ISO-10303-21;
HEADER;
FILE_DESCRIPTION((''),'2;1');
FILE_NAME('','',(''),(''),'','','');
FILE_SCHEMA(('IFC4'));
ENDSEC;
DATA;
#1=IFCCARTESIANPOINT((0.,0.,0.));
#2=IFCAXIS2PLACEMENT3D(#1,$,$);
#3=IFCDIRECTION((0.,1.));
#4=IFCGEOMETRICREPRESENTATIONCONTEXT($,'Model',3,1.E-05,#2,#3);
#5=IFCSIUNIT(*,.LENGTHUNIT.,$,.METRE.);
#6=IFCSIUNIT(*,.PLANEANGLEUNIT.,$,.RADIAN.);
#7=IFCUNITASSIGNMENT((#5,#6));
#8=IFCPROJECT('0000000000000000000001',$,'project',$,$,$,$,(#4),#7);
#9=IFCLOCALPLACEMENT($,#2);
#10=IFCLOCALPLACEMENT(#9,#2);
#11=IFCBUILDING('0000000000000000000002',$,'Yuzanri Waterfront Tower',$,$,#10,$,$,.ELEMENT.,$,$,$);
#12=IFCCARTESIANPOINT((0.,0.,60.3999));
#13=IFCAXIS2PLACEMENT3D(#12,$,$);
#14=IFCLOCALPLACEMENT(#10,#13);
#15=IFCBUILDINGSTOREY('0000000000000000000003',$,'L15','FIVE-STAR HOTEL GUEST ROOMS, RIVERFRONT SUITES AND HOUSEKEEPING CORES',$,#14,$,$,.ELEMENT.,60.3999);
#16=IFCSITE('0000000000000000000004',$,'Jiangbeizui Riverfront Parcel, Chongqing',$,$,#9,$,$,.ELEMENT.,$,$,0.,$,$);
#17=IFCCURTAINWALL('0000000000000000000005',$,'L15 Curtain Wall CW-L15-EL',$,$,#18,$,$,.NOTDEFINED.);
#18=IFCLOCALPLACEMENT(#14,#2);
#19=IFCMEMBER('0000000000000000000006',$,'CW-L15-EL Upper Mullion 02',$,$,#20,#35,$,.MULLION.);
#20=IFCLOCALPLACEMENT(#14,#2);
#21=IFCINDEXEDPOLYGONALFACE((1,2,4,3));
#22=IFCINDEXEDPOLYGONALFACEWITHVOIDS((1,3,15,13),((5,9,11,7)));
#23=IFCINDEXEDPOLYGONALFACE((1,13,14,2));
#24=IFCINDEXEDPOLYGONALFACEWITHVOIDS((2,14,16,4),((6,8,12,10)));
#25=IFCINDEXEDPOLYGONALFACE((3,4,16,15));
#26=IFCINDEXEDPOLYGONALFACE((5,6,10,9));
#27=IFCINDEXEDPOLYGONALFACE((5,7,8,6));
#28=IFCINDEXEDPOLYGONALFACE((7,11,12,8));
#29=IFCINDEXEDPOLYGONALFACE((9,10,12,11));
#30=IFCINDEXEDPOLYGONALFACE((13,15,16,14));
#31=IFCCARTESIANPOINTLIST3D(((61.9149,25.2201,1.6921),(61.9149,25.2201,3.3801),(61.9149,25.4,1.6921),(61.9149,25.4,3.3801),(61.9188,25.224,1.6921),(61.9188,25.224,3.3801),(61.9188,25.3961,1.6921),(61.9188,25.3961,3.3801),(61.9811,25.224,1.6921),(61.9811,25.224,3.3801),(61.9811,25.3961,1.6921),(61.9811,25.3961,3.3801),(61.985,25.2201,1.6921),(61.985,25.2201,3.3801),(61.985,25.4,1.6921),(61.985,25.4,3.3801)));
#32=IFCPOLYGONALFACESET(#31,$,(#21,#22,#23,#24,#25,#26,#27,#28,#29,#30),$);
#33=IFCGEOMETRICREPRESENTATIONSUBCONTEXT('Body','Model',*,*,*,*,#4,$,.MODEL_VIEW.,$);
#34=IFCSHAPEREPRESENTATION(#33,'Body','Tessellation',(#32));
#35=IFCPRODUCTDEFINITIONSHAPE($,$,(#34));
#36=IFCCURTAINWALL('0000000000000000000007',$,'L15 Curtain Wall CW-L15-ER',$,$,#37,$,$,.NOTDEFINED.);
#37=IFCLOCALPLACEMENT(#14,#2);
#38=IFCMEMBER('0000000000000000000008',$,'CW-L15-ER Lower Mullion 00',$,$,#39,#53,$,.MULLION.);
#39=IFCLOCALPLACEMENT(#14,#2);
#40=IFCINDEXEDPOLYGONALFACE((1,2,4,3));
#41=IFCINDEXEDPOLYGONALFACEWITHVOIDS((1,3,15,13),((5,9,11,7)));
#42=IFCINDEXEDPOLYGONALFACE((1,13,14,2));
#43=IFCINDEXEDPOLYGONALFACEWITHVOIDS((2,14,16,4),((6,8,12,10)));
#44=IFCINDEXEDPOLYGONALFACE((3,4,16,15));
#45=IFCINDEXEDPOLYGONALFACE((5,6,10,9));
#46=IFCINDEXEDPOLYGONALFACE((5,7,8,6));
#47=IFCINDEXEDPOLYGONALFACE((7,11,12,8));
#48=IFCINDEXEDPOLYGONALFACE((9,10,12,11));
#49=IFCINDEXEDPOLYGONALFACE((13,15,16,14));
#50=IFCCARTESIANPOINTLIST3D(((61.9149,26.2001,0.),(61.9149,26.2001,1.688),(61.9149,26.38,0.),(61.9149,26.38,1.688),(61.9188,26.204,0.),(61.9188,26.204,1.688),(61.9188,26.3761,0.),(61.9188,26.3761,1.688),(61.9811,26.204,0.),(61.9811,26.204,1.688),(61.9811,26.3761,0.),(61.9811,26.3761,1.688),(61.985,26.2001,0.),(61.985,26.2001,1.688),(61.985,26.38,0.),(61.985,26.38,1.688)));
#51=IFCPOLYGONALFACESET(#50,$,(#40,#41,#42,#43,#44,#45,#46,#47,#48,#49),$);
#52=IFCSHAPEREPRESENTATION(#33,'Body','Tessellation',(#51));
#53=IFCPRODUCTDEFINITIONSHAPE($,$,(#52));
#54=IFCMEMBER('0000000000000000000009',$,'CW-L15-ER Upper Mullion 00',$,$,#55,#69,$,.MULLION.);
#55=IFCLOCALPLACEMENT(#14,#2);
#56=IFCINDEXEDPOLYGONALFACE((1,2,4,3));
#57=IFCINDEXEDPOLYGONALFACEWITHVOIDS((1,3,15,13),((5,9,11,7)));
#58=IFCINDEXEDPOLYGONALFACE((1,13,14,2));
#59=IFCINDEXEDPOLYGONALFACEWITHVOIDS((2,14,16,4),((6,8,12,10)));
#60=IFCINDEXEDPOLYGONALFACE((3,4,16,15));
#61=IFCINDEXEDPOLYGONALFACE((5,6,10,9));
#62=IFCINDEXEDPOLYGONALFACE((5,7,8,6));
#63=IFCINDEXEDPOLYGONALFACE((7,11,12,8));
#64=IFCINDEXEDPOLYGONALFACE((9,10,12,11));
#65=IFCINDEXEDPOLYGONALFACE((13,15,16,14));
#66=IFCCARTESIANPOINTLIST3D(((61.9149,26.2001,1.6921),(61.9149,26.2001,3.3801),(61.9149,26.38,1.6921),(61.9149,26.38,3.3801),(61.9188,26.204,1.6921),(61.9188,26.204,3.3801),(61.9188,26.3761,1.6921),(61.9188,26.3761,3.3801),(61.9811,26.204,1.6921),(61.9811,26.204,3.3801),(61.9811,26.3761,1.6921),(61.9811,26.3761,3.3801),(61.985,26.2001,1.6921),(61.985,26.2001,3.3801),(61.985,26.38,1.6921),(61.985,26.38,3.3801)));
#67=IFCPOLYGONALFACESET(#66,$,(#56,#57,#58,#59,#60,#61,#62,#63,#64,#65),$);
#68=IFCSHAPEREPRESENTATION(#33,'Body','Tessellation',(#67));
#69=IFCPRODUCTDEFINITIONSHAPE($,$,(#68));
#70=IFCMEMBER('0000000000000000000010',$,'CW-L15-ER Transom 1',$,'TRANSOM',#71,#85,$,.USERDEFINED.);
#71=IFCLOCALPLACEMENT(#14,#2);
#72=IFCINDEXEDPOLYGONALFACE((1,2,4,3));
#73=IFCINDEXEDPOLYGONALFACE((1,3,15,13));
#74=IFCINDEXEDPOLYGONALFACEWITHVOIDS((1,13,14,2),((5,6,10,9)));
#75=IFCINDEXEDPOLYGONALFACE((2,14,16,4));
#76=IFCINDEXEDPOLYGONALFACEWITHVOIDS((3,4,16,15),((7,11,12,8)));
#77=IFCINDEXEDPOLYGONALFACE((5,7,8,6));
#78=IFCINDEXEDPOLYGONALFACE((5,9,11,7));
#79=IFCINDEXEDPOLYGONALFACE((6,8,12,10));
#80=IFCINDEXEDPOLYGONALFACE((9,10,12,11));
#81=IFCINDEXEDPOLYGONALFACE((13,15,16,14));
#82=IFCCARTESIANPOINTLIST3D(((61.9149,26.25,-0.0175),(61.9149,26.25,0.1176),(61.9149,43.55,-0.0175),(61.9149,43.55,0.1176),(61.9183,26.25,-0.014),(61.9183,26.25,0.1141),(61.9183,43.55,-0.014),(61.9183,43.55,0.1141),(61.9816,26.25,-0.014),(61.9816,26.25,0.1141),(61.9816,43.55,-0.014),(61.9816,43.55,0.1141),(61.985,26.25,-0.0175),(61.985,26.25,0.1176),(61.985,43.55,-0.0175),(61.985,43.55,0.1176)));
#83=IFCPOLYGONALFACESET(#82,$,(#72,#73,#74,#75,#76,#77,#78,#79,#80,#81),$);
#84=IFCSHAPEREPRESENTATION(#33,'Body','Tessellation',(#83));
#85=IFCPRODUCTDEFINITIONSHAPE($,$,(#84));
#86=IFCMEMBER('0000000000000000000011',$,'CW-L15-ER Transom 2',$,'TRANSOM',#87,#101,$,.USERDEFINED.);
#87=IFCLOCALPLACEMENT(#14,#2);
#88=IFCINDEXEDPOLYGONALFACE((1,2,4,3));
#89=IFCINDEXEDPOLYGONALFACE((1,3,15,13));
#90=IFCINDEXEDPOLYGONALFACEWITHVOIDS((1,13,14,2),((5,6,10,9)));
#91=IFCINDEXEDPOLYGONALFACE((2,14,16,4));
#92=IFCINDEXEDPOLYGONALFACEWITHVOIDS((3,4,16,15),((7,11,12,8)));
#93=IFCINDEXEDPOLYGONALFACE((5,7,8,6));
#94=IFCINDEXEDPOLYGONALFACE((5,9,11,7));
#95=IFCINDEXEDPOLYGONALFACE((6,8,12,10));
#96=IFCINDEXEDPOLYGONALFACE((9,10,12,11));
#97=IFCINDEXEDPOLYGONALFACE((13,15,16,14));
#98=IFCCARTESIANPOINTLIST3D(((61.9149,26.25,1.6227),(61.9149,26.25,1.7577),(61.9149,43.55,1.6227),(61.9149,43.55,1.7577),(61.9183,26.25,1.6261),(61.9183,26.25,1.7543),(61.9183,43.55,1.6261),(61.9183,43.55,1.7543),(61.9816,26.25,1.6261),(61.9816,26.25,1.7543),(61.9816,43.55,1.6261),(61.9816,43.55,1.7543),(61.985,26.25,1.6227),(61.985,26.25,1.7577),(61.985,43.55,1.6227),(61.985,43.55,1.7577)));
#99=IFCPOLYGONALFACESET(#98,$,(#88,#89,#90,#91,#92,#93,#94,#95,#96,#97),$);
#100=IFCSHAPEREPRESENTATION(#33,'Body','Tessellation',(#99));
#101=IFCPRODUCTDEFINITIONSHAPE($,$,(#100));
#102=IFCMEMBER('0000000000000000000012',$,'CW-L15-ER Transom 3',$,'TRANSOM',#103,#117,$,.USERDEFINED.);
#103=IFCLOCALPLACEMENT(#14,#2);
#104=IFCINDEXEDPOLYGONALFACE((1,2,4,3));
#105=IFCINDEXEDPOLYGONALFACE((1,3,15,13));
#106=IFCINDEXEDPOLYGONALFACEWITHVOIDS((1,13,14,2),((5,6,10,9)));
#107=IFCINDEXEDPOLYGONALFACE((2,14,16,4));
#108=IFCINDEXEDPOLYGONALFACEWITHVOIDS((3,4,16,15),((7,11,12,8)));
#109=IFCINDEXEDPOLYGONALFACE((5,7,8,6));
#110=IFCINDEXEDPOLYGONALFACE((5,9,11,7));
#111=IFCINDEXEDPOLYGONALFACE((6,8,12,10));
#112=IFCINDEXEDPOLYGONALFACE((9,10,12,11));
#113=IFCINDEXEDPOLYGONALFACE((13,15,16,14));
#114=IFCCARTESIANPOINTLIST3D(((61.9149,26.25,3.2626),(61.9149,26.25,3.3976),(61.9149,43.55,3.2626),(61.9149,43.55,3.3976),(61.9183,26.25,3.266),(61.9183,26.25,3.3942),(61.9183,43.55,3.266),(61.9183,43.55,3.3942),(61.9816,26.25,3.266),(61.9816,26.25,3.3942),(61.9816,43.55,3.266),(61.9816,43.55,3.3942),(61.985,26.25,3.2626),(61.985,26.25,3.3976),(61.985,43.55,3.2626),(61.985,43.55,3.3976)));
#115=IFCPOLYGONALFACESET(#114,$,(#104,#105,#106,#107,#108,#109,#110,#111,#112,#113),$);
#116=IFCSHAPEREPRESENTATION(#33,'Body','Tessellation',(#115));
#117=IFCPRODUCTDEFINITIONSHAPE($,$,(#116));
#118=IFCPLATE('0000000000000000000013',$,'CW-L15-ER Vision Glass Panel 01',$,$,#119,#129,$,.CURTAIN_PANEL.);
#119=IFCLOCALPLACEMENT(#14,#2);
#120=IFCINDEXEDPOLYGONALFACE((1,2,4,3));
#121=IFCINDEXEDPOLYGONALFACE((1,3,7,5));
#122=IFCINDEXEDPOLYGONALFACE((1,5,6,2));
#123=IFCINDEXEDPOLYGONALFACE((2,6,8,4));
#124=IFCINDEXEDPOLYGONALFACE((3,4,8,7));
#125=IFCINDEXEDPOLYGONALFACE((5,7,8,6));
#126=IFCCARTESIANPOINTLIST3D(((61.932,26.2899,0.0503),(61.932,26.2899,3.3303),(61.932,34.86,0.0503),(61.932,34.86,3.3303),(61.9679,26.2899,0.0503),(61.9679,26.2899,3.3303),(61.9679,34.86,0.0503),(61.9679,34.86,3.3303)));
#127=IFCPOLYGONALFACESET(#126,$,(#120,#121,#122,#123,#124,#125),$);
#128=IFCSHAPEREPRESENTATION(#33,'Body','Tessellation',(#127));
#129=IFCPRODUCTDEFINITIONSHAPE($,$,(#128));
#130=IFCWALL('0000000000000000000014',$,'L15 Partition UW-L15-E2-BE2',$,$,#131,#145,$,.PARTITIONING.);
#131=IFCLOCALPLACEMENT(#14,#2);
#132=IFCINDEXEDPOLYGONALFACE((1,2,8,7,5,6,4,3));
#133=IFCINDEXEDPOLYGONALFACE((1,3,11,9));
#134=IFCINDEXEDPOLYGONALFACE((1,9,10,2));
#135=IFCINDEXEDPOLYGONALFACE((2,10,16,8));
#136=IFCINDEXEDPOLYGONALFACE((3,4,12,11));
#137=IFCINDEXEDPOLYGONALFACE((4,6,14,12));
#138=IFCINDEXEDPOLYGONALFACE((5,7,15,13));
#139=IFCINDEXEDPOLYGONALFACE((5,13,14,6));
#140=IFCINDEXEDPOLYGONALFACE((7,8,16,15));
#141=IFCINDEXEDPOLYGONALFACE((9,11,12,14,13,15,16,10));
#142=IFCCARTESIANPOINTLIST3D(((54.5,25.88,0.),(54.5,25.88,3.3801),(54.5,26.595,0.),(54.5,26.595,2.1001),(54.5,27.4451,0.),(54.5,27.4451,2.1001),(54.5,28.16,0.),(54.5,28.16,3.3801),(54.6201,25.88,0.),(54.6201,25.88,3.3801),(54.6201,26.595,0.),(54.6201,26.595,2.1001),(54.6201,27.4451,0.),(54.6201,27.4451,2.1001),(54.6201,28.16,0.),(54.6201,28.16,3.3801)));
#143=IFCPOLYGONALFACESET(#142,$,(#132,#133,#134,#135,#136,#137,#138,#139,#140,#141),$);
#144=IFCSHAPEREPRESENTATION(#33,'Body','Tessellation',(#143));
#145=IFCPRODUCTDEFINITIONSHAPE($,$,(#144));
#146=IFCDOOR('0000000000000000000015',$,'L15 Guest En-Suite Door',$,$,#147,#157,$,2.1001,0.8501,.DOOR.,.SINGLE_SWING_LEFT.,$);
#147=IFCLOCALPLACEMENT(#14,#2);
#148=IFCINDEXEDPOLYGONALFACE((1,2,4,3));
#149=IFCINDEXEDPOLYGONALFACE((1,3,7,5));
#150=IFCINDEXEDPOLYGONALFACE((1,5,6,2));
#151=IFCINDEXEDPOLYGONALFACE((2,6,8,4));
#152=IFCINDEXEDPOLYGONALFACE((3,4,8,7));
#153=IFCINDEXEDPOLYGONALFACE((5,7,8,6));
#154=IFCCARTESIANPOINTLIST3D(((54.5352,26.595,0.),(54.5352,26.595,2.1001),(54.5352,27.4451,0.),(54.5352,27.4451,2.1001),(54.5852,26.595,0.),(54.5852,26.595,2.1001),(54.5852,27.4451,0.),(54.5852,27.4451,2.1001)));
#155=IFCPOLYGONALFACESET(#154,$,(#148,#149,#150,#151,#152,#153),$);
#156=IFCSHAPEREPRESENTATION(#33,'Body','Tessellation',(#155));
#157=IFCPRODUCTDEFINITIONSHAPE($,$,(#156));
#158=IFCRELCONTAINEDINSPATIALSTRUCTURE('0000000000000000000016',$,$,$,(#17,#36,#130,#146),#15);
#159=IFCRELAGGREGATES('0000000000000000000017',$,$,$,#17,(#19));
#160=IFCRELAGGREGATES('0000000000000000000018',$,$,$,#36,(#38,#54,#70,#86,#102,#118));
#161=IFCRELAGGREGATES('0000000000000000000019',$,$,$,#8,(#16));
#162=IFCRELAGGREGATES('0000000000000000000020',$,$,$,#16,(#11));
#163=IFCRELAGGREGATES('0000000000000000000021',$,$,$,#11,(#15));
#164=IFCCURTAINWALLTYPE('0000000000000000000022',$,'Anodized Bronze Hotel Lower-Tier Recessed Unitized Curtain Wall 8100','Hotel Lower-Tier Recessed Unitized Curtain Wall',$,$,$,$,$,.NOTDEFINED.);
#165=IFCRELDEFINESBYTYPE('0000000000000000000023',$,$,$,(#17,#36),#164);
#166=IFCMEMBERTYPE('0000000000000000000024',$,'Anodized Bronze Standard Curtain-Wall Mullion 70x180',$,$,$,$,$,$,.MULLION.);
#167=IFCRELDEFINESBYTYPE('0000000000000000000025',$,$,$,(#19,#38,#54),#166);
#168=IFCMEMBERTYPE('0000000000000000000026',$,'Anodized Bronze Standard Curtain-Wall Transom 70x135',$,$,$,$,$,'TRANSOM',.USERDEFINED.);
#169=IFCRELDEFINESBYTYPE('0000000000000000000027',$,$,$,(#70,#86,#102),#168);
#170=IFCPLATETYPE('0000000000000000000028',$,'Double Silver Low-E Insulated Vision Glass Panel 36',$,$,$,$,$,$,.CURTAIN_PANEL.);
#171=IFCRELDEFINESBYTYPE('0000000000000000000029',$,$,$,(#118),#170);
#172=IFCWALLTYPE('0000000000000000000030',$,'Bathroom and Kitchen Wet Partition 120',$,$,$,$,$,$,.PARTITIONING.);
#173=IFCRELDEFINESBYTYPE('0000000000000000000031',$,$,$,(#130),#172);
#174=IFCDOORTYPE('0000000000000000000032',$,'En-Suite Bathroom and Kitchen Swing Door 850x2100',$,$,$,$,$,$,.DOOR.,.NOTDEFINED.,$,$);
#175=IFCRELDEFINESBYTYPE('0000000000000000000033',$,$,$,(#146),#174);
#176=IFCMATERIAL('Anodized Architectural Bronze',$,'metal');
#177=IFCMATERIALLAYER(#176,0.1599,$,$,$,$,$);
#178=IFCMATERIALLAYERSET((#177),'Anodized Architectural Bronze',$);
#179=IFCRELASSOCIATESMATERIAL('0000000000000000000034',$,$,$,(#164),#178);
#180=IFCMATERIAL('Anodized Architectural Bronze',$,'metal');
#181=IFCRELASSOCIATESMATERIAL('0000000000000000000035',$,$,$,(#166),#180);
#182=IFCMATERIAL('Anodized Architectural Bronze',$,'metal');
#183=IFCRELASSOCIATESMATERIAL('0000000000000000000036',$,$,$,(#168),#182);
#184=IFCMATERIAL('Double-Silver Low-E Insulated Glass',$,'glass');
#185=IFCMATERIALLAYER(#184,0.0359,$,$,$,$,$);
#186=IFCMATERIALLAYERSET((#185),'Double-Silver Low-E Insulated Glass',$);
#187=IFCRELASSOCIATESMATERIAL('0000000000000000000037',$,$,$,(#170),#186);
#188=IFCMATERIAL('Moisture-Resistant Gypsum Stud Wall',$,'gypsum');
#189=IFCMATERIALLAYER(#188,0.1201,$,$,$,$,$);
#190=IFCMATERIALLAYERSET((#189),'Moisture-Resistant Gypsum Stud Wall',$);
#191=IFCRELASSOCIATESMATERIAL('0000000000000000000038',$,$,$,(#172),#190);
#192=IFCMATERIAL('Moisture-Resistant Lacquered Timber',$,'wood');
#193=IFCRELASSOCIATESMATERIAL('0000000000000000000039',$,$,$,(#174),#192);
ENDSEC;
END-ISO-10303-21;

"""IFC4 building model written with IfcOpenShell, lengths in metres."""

from ifc_helpers import new_model, si_unit, direction, frame, frame_2d, origin, origin_2d, place, context, subcontext, project, spatial, rectangle, hollow_rectangle, extrude, source, transform, mapped, material, layer, layer_set, material_profile, profile_set, type_object, element, fill, aggregate, save


model = new_model("IFC4")

# Units and contexts
model_context = context("Model", 3, precision=1e-05, world=origin(), true_north=direction((0.0, 1.0)))
body_context = subcontext(model_context, "Body", "Model", "MODEL_VIEW")
ifc_project = project(units=[si_unit("LENGTHUNIT", "METRE"), si_unit("PLANEANGLEUNIT", "RADIAN")], contexts=[model_context])

# Site, building, storey
site_placement = place(None, origin())
site = spatial("IfcSite", under=ifc_project, at=site_placement, Name="Jiangbeizui Riverfront Parcel, Chongqing", CompositionType="ELEMENT", RefElevation=0.0)
building_placement = place(site_placement, origin())
building = spatial("IfcBuilding", under=site, at=building_placement, Name="Yuzanri Waterfront Tower", CompositionType="ELEMENT")
storey_placement = place(building_placement, frame((0.0, 0.0, 60.3999)))
storey = spatial("IfcBuildingStorey", under=building, at=storey_placement, Name="L15", Description="FIVE-STAR HOTEL GUEST ROOMS, RIVERFRONT SUITES AND HOUSEKEEPING CORES", CompositionType="ELEMENT", Elevation=60.3999)

# Curtain wall, member
ifc_material_1 = material(Name="Anodized Architectural Bronze", Category="metal")
ifc_layer_1 = layer(ifc_material_1, 0.1599)
ifc_layer_set_1 = layer_set([ifc_layer_1], Name="Anodized Architectural Bronze")
curtain_wall_type = type_object("IfcCurtainWallType", Name="Anodized Bronze Hotel Lower-Tier Recessed Unitized Curtain Wall 8100", Description="Hotel Lower-Tier Recessed Unitized Curtain Wall", PredefinedType="NOTDEFINED", material=ifc_layer_set_1)
curtain_wall_1_placement = place(storey_placement, origin())
curtain_wall_1 = element("IfcCurtainWall", 1, at=curtain_wall_1_placement, inside=storey, type_object=curtain_wall_type, Name="L15 Curtain Wall CW-L15-EL", PredefinedType="NOTDEFINED")
ifc_material_2 = material(Name="Anodized Architectural Bronze", Category="metal")
ifc_material_profile_1 = material_profile(ifc_material_2, hollow_rectangle(XDim=0.0701, YDim=0.1799, WallThickness=0.0039, at=origin_2d()), Name="CWM 70x180")
ifc_profile_set_1 = profile_set([ifc_material_profile_1], Name="Anodized Architectural Bronze")
member_type_1 = type_object("IfcMemberType", Name="Anodized Bronze Standard Curtain-Wall Mullion 70x180", PredefinedType="MULLION", material=ifc_profile_set_1)
shared_shape_1 = source(origin(), body_context, "Body", "SweptSolid", [
    extrude(hollow_rectangle(XDim=0.0701, YDim=0.1799, WallThickness=0.0039, at=origin_2d()), origin(), (0.0, 0.0, 1.0), 1.688),
])
member_1_placement = place(storey_placement, frame((61.95, 25.3101, 1.6921), z_axis=(0.0, 0.0, 1.0), x_axis=(1.0, 0.0, 0.0)))
member_1 = element("IfcMember", 2, at=member_1_placement, type_object=member_type_1, Name="CW-L15-EL Upper Mullion 02", PredefinedType="MULLION", context=body_context, shape_type="MappedRepresentation", body=[
    mapped(shared_shape_1, transform((0.0, 0.0, 0.0), scale=1.0)),
])
aggregate(curtain_wall_1, [member_1])

# Curtain wall, members, plate
curtain_wall_2_placement = place(storey_placement, origin())
curtain_wall_2 = element("IfcCurtainWall", 3, at=curtain_wall_2_placement, inside=storey, type_object=curtain_wall_type, Name="L15 Curtain Wall CW-L15-ER", PredefinedType="NOTDEFINED")
member_2_placement = place(storey_placement, frame((61.95, 26.29, 0.0), z_axis=(0.0, 0.0, 1.0), x_axis=(1.0, 0.0, 0.0)))
member_2 = element("IfcMember", 4, at=member_2_placement, type_object=member_type_1, Name="CW-L15-ER Lower Mullion 00", PredefinedType="MULLION", context=body_context, shape_type="MappedRepresentation", body=[
    mapped(shared_shape_1, transform((0.0, 0.0, 0.0), scale=1.0)),
])
member_3_placement = place(storey_placement, frame((61.95, 26.29, 1.6921), z_axis=(0.0, 0.0, 1.0), x_axis=(1.0, 0.0, 0.0)))
member_3 = element("IfcMember", 5, at=member_3_placement, type_object=member_type_1, Name="CW-L15-ER Upper Mullion 00", PredefinedType="MULLION", context=body_context, shape_type="MappedRepresentation", body=[
    mapped(shared_shape_1, transform((0.0, 0.0, 0.0), scale=1.0)),
])
ifc_material_3 = material(Name="Anodized Architectural Bronze", Category="metal")
ifc_material_profile_2 = material_profile(ifc_material_3, hollow_rectangle(XDim=0.0701, YDim=0.135, WallThickness=0.0034, at=origin_2d()), Name="CWT 70x135")
ifc_profile_set_2 = profile_set([ifc_material_profile_2], Name="Anodized Architectural Bronze")
member_type_2 = type_object("IfcMemberType", Name="Anodized Bronze Standard Curtain-Wall Transom 70x135", ElementType="TRANSOM", PredefinedType="USERDEFINED", material=ifc_profile_set_2)
shared_shape_2 = source(origin(), body_context, "Body", "SweptSolid", [
    extrude(hollow_rectangle(XDim=0.0701, YDim=0.135, WallThickness=0.0034, at=origin_2d()), origin(), (0.0, 0.0, 1.0), 17.3),
])
member_4_placement = place(storey_placement, frame((61.95, 26.25, 0.05), z_axis=(0.0, 1.0, 0.0), x_axis=(-1.0, 0.0, 0.0)))
member_4 = element("IfcMember", 6, at=member_4_placement, type_object=member_type_2, Name="CW-L15-ER Transom 1", ObjectType="TRANSOM", PredefinedType="USERDEFINED", context=body_context, shape_type="MappedRepresentation", body=[
    mapped(shared_shape_2, transform((0.0, 0.0, 0.0), scale=1.0)),
])
member_5_placement = place(storey_placement, frame((61.95, 26.25, 1.6902), z_axis=(0.0, 1.0, 0.0), x_axis=(-1.0, 0.0, 0.0)))
member_5 = element("IfcMember", 7, at=member_5_placement, type_object=member_type_2, Name="CW-L15-ER Transom 2", ObjectType="TRANSOM", PredefinedType="USERDEFINED", context=body_context, shape_type="MappedRepresentation", body=[
    mapped(shared_shape_2, transform((0.0, 0.0, 0.0), scale=1.0)),
])
member_6_placement = place(storey_placement, frame((61.95, 26.25, 3.3301), z_axis=(0.0, 1.0, 0.0), x_axis=(-1.0, 0.0, 0.0)))
member_6 = element("IfcMember", 8, at=member_6_placement, type_object=member_type_2, Name="CW-L15-ER Transom 3", ObjectType="TRANSOM", PredefinedType="USERDEFINED", context=body_context, shape_type="MappedRepresentation", body=[
    mapped(shared_shape_2, transform((0.0, 0.0, 0.0), scale=1.0)),
])
ifc_material_4 = material(Name="Double-Silver Low-E Insulated Glass", Category="glass")
ifc_layer_2 = layer(ifc_material_4, 0.0359)
ifc_layer_set_2 = layer_set([ifc_layer_2], Name="Double-Silver Low-E Insulated Glass")
plate_type = type_object("IfcPlateType", Name="Double Silver Low-E Insulated Vision Glass Panel 36", PredefinedType="CURTAIN_PANEL", material=ifc_layer_set_2)
shared_shape_3 = source(origin(), body_context, "Body", "SweptSolid", [
    extrude(rectangle(XDim=8.5701, YDim=0.0359, at=origin_2d()), origin(), (0.0, 0.0, 1.0), 3.28),
])
plate_placement = place(storey_placement, frame((61.95, 30.575, 0.0503), z_axis=(0.0, 0.0, 1.0), x_axis=(0.0, 1.0, 0.0)))
plate = element("IfcPlate", 9, at=plate_placement, type_object=plate_type, Name="CW-L15-ER Vision Glass Panel 01", PredefinedType="CURTAIN_PANEL", context=body_context, shape_type="MappedRepresentation", body=[
    mapped(shared_shape_3, transform((0.0, 0.0, 0.0), scale=1.0)),
])
aggregate(curtain_wall_2, [member_2, member_3, member_4, member_5, member_6, plate])

# Wall, opening, door
ifc_material_5 = material(Name="Moisture-Resistant Gypsum Stud Wall", Category="gypsum")
ifc_layer_3 = layer(ifc_material_5, 0.1201)
ifc_layer_set_3 = layer_set([ifc_layer_3], Name="Moisture-Resistant Gypsum Stud Wall")
wall_type_1 = type_object("IfcWallType", Name="Bathroom and Kitchen Wet Partition 120", PredefinedType="PARTITIONING", material=ifc_layer_set_3)
wall_1_placement = place(storey_placement, frame((54.5601, 25.8799, 0.0), z_axis=(0.0, 0.0, 1.0), x_axis=(0.0, 1.0, 0.0)))
wall_1 = element("IfcWall", 10, at=wall_1_placement, inside=storey, type_object=wall_type_1, Name="L15 Partition UW-L15-E2-BE2", PredefinedType="PARTITIONING", context=body_context, shape_type="SweptSolid", body=[
    extrude(rectangle(XDim=2.28, YDim=0.1201, at=frame_2d((1.1401, 0.0))), origin(), (0.0, 0.0, 1.0), 3.3801),
])
opening_1_placement = place(wall_1_placement, frame((0.7151, 0.0, 0.0)))
opening_1 = element("IfcOpeningElement", 11, at=opening_1_placement, cuts=wall_1, PredefinedType="OPENING", context=body_context, shape_type="SweptSolid", body=[
    extrude(rectangle(XDim=0.8501, YDim=2.1001, at=frame_2d((0.425, 1.05))), frame((0.0, 0.075, 0.0), z_axis=(0.0, -1.0, 0.0), x_axis=(1.0, 0.0, 0.0)), (0.0, 0.0, 1.0), 0.1499),
])
ifc_material_6 = material(Name="Moisture-Resistant Lacquered Timber", Category="wood")
door_type_1 = type_object("IfcDoorType", Name="En-Suite Bathroom and Kitchen Swing Door 850x2100", OperationType="NOTDEFINED", PredefinedType="DOOR", material=ifc_material_6)
shared_shape_4 = source(origin(), body_context, "Body", "SweptSolid", [
    extrude(rectangle(XDim=0.8501, YDim=2.1001, at=frame_2d((0.425, 1.05))), frame((0.0, 0.0249, 0.0), z_axis=(0.0, -1.0, 0.0), x_axis=(1.0, 0.0, 0.0)), (0.0, 0.0, 1.0), 0.05),
])
door_1_placement = place(opening_1_placement, origin())
door_1 = element("IfcDoor", 12, at=door_1_placement, inside=storey, type_object=door_type_1, Name="L15 Guest En-Suite Door", OperationType="SINGLE_SWING_LEFT", OverallHeight=2.1001, OverallWidth=0.8501, PredefinedType="DOOR", context=body_context, shape_type="MappedRepresentation", body=[
    mapped(shared_shape_4, transform((0.0, 0.0, 0.0), scale=1.0)),
])
fill(opening_1, door_1)

save(model, "model.ifc")
